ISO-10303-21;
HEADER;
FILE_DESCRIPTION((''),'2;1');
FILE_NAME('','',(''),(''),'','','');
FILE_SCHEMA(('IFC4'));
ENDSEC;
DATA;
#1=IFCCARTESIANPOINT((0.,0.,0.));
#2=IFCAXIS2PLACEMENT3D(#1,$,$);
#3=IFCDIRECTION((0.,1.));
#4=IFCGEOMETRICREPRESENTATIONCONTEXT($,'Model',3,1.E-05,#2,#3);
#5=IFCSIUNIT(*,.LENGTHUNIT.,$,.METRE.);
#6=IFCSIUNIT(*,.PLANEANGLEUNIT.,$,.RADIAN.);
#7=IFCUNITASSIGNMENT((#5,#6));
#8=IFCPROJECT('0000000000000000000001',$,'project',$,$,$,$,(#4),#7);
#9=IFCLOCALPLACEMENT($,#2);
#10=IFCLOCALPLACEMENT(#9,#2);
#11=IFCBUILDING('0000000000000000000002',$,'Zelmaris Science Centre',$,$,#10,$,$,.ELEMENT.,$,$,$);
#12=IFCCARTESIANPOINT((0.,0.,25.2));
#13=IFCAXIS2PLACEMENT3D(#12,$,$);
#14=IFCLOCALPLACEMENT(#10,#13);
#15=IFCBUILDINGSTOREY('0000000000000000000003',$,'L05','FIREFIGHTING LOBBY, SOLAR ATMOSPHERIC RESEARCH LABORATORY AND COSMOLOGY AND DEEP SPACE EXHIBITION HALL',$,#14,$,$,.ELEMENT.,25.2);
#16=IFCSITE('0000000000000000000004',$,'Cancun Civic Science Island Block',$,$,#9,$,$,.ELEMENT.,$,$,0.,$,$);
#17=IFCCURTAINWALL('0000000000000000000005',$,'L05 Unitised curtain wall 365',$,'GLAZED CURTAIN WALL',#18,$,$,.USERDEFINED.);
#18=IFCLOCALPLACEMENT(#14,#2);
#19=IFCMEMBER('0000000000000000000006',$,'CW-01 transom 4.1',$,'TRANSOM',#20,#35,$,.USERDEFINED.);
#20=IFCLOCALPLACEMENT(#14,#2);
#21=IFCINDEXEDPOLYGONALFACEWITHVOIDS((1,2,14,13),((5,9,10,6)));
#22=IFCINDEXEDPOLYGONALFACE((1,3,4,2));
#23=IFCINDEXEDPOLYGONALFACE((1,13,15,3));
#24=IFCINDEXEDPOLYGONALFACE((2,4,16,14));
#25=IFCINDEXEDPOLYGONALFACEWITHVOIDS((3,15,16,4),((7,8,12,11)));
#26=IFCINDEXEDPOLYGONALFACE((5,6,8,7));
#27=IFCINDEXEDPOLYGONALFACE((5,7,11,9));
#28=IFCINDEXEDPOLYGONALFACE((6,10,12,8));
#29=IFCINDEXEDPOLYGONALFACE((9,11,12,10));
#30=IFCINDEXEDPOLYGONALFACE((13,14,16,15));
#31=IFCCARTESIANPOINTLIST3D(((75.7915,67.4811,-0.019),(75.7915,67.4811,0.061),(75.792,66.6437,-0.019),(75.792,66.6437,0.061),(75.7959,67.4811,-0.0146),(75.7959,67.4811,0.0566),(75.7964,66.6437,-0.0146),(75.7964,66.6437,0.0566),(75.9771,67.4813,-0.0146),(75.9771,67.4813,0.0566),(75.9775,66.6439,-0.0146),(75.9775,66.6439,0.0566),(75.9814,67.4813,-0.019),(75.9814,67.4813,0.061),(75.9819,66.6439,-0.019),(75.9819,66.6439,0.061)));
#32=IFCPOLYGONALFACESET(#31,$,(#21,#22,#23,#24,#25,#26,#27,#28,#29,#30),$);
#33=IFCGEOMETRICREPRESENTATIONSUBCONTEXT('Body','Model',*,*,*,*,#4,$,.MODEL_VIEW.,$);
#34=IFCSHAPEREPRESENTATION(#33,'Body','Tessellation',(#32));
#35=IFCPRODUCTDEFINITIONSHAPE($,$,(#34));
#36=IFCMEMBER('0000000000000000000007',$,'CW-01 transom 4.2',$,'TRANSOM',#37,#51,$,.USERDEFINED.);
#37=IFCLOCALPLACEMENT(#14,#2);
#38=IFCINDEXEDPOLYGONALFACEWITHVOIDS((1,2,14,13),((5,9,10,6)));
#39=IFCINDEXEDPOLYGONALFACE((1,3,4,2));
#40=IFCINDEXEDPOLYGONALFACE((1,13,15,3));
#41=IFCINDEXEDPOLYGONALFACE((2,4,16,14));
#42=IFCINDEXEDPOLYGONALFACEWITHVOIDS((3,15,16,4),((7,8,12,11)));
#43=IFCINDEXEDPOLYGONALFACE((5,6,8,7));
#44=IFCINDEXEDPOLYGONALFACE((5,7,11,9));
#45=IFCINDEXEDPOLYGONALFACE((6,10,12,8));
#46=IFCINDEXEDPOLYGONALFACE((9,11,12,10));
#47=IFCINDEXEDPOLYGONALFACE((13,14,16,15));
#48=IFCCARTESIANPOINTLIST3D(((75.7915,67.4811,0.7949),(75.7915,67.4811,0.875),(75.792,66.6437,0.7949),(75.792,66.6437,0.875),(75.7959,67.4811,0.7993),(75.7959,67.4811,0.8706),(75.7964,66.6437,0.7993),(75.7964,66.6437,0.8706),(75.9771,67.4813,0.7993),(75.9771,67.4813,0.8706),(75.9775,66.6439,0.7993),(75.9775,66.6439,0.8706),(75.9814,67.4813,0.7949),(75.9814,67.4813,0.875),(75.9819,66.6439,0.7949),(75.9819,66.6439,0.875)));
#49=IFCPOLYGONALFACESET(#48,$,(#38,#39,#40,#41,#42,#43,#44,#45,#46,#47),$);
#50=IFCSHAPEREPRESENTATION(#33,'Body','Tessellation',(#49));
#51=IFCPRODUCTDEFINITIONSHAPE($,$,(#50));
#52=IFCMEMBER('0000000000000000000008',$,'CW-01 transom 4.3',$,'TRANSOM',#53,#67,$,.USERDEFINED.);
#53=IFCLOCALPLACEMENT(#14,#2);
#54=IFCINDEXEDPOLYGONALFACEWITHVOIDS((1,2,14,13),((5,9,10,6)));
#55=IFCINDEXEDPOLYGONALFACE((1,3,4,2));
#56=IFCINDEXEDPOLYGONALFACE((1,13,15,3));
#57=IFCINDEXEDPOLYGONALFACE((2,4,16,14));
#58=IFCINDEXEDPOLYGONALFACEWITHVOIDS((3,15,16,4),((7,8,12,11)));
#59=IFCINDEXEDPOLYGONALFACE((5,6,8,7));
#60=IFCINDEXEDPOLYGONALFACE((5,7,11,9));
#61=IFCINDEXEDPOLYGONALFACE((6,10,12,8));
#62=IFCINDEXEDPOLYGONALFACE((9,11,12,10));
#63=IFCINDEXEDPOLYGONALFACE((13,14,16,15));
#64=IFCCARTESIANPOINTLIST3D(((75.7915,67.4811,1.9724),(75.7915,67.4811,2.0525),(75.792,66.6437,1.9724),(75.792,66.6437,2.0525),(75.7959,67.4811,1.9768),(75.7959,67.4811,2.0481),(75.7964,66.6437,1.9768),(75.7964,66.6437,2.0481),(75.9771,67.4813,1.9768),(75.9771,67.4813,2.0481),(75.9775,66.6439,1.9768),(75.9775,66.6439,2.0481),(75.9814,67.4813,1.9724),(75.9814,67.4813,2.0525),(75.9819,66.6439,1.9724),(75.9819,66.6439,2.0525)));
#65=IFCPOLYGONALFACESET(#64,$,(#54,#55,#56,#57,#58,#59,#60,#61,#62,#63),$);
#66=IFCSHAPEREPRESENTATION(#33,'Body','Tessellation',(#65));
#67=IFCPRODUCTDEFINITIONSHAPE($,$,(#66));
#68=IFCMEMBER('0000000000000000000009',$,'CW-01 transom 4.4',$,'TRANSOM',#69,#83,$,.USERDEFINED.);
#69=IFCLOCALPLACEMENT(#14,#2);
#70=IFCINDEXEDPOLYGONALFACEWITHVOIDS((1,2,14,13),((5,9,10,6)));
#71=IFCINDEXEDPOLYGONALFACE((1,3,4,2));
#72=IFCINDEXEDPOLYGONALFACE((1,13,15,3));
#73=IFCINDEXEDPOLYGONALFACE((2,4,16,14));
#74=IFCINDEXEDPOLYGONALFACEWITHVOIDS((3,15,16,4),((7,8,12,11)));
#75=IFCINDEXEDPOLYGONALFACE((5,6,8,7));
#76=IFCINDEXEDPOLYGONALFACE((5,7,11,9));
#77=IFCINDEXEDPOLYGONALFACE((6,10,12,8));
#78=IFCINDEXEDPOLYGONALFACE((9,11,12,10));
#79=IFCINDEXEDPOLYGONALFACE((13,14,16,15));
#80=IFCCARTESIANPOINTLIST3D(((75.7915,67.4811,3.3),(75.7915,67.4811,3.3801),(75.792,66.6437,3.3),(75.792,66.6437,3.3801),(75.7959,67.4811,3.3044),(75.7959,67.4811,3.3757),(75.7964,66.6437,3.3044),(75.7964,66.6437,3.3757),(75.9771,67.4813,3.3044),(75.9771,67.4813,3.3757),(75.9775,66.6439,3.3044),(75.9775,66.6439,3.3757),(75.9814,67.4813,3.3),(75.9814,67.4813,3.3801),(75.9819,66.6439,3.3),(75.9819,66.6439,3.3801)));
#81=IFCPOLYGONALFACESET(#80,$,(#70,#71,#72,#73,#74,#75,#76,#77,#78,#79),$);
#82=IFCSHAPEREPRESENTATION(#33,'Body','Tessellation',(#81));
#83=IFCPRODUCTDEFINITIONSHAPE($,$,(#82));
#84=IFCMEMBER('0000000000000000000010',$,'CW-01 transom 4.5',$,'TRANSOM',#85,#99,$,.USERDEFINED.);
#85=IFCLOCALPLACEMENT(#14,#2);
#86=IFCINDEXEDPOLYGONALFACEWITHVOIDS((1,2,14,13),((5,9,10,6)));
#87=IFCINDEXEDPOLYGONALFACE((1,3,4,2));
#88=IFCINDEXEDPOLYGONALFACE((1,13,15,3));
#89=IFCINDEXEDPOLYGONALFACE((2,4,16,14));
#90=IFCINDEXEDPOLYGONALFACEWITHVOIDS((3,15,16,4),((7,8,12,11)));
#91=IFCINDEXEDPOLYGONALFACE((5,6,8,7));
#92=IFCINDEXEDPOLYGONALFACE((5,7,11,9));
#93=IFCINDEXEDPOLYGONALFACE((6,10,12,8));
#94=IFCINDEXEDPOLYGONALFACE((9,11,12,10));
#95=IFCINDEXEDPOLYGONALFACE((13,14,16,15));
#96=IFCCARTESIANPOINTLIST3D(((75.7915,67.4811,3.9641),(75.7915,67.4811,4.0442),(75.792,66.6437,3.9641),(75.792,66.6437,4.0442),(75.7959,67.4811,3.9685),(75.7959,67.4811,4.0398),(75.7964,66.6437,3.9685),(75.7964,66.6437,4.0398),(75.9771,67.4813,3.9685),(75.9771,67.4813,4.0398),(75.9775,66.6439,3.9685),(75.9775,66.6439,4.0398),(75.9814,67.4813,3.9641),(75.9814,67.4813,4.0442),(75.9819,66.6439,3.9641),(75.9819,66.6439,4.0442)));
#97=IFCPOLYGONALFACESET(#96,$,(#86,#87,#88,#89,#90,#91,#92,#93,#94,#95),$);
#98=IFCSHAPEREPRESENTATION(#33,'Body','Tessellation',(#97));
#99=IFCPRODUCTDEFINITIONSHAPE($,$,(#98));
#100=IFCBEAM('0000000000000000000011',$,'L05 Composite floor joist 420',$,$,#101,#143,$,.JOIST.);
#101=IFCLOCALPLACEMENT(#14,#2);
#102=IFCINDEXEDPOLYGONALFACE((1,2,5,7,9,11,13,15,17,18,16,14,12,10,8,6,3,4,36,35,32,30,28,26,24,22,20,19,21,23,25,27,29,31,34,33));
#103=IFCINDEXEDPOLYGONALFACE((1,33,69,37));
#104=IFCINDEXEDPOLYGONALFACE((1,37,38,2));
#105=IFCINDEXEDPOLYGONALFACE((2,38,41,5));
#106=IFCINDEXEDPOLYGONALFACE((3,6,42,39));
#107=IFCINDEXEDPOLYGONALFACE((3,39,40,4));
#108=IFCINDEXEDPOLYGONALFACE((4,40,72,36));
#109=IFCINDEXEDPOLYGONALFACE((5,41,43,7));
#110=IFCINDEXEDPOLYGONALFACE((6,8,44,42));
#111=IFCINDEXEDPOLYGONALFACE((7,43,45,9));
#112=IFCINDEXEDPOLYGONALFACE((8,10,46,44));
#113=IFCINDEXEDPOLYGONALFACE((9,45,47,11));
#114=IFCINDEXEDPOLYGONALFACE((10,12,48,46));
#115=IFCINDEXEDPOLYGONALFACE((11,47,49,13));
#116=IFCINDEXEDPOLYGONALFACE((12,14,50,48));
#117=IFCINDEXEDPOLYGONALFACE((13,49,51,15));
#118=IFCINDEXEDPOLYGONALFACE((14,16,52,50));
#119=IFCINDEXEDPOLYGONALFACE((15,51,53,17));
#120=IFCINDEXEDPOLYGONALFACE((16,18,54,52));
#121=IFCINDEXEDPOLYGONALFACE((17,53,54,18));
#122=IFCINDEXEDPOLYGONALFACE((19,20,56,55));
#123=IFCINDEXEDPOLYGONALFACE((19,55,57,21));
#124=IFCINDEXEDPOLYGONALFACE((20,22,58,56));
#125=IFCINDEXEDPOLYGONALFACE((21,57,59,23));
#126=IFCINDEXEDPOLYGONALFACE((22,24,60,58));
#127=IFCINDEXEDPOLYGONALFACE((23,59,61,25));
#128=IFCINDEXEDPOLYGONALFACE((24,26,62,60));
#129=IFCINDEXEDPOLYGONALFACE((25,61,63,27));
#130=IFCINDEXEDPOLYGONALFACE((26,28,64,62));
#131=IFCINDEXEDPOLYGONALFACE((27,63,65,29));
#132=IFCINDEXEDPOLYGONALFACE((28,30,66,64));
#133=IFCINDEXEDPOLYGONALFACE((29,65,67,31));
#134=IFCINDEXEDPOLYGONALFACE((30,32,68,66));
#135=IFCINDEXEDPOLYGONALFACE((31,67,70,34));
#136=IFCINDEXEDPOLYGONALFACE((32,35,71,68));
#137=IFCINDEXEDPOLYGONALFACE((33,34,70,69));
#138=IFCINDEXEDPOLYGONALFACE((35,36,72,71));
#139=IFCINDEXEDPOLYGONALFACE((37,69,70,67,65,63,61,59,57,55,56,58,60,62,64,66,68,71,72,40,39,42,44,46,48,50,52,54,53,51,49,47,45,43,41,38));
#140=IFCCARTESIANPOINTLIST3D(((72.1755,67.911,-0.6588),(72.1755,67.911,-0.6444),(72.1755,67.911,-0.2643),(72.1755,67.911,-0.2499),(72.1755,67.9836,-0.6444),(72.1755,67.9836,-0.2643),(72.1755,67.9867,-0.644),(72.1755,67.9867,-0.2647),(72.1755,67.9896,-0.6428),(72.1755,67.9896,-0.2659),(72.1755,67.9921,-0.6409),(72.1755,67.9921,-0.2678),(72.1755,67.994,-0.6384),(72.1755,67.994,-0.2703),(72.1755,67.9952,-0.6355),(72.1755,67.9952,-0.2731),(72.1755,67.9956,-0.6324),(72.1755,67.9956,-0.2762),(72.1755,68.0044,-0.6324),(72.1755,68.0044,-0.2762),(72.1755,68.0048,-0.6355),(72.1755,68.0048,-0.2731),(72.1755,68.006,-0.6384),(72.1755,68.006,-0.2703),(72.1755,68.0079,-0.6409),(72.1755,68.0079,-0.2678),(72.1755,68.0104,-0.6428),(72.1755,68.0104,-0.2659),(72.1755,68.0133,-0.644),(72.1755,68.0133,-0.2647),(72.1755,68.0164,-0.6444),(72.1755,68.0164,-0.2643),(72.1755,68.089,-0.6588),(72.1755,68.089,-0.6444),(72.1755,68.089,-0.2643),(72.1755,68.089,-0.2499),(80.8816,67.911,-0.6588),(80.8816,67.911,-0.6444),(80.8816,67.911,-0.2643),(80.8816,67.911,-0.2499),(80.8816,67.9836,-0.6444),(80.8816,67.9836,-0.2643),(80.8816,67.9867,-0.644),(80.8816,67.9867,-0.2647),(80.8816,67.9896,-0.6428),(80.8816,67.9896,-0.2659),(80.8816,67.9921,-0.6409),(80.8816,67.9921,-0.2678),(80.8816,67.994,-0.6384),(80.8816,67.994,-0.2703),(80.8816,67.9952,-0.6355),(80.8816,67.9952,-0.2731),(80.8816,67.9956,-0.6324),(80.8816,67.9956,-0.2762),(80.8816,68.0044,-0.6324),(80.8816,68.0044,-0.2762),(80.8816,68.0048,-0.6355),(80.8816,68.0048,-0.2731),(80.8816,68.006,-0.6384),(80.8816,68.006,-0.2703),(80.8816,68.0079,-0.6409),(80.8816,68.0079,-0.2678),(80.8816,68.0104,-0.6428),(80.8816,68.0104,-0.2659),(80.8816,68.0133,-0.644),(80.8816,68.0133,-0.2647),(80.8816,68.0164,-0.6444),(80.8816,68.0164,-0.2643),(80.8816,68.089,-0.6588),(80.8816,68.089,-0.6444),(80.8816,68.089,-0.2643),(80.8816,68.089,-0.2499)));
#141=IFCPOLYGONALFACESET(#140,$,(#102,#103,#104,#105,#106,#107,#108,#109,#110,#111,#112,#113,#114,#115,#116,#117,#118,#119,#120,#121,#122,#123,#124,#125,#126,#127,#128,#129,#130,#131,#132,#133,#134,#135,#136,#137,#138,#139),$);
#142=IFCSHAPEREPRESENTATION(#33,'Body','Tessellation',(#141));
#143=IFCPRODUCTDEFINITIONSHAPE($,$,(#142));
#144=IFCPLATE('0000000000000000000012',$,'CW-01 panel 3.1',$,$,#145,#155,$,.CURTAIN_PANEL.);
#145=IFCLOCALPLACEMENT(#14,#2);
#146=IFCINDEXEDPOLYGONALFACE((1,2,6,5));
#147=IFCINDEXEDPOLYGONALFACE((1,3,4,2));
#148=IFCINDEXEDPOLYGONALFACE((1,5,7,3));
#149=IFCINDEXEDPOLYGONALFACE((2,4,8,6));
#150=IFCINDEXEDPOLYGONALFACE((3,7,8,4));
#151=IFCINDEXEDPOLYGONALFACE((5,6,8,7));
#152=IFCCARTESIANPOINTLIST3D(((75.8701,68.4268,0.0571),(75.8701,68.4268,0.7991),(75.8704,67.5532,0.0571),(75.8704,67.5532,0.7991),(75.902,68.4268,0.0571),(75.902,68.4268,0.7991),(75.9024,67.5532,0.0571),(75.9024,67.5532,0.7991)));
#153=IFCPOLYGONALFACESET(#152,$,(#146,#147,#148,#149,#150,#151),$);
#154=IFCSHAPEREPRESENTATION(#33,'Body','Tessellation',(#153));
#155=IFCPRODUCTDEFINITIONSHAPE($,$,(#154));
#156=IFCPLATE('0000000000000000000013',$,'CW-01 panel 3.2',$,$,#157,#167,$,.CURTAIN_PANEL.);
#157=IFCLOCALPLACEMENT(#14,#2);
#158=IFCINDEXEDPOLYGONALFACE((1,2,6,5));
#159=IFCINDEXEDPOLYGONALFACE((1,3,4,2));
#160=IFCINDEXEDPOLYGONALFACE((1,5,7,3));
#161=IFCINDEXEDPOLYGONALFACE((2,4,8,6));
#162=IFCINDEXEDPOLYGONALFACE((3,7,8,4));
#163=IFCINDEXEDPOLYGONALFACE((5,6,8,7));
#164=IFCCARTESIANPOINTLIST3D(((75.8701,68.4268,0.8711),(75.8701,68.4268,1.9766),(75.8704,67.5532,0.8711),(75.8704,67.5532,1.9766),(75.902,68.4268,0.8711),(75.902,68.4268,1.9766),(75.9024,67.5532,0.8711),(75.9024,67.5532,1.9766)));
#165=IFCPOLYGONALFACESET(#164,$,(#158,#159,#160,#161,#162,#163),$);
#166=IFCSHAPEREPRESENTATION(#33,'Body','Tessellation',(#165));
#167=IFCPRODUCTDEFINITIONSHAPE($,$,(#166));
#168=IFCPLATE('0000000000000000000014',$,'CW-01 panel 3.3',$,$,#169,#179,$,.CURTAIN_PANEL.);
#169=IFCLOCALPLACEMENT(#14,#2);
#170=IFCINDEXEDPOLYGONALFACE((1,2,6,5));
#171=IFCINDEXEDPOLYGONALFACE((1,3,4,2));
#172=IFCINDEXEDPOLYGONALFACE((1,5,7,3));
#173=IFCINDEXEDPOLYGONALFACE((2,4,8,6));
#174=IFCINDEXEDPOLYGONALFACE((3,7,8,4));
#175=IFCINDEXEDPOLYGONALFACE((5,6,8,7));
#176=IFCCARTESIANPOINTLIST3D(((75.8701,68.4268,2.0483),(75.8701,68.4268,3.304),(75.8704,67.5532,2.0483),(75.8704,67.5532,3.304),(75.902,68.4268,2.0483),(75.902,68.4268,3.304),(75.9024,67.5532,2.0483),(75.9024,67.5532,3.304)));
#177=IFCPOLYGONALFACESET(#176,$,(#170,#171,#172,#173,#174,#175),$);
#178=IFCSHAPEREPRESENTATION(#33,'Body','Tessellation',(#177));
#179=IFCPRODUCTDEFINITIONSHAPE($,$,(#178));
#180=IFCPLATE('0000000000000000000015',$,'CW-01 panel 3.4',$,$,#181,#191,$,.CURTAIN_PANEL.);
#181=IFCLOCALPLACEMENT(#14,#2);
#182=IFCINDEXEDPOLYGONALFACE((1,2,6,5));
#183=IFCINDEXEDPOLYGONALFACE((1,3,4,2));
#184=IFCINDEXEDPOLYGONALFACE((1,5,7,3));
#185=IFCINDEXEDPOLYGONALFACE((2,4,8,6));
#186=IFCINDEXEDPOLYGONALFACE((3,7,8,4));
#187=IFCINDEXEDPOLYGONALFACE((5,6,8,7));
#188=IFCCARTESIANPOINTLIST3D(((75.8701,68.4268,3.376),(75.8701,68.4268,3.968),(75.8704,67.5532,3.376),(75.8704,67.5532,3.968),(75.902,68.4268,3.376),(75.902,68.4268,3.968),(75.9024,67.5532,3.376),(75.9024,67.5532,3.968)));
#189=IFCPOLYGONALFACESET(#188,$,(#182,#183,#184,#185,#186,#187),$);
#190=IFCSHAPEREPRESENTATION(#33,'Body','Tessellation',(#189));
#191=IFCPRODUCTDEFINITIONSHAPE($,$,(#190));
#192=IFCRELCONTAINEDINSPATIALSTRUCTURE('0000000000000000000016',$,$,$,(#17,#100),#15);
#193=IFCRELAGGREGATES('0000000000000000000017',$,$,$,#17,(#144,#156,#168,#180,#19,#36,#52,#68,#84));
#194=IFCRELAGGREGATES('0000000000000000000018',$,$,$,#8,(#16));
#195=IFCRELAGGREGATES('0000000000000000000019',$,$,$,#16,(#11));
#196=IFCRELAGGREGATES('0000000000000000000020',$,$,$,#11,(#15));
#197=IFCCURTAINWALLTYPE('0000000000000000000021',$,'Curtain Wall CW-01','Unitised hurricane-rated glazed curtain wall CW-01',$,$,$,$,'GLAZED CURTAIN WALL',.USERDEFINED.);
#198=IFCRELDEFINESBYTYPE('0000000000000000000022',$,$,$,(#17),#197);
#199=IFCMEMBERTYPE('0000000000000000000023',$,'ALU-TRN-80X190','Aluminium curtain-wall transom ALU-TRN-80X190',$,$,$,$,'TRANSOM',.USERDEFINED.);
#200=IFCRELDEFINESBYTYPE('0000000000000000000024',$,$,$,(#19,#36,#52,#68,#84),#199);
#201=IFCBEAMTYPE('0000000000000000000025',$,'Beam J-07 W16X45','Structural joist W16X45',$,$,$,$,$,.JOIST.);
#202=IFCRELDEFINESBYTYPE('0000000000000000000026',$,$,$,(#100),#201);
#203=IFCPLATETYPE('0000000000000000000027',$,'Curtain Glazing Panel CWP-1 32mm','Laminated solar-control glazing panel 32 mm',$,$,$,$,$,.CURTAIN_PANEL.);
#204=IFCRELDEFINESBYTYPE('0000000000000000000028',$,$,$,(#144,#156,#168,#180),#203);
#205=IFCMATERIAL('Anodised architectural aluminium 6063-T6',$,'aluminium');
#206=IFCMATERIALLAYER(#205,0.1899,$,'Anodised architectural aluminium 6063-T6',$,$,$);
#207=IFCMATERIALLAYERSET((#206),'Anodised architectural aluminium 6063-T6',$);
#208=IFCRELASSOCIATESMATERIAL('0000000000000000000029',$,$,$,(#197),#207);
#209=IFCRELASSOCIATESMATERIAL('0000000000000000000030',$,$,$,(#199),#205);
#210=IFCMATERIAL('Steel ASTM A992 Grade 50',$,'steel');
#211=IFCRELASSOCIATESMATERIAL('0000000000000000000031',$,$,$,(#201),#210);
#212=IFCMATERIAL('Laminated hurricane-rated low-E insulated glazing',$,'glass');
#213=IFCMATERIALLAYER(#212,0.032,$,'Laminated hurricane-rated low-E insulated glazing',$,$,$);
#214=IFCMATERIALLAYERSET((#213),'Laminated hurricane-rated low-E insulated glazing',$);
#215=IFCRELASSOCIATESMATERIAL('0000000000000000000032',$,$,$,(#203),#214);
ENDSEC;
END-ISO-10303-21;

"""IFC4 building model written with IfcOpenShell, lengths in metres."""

from ifc_helpers import new_model, si_unit, direction, frame, origin, origin_2d, place, context, subcontext, project, spatial, rectangle, hollow_rectangle, i_section, extrude, material, layer, layer_set, material_profile, profile_set, type_object, element, aggregate, save


model = new_model("IFC4")

# Units and contexts
model_context = context("Model", 3, precision=1e-05, world=origin(), true_north=direction((0.0, 1.0)))
body_context = subcontext(model_context, "Body", "Model", "MODEL_VIEW")
ifc_project = project(units=[si_unit("LENGTHUNIT", "METRE"), si_unit("PLANEANGLEUNIT", "RADIAN")], contexts=[model_context])

# Site, building, storey
site_placement = place(None, origin())
site = spatial("IfcSite", under=ifc_project, at=site_placement, Name="Cancun Civic Science Island Block", CompositionType="ELEMENT", RefElevation=0.0)
building_placement = place(site_placement, origin())
building = spatial("IfcBuilding", under=site, at=building_placement, Name="Zelmaris Science Centre", CompositionType="ELEMENT")
storey_placement = place(building_placement, frame((0.0, 0.0, 25.2)))
storey = spatial("IfcBuildingStorey", under=building, at=storey_placement, Name="L05", Description="FIREFIGHTING LOBBY, SOLAR ATMOSPHERIC RESEARCH LABORATORY AND COSMOLOGY AND DEEP SPACE EXHIBITION HALL", CompositionType="ELEMENT", Elevation=25.2)

# Curtain wall
ifc_material_1 = material(Name="Anodised architectural aluminium 6063-T6", Category="aluminium")
ifc_layer_1 = layer(ifc_material_1, 0.1899, Name="Anodised architectural aluminium 6063-T6")
ifc_layer_set_1 = layer_set([ifc_layer_1], Name="Anodised architectural aluminium 6063-T6")
curtain_wall_type_1 = type_object("IfcCurtainWallType", Name="Curtain Wall CW-01", Description="Unitised hurricane-rated glazed curtain wall CW-01", ElementType="GLAZED CURTAIN WALL", PredefinedType="USERDEFINED", material=ifc_layer_set_1)
curtain_wall_1_placement = place(storey_placement, origin())
curtain_wall_1 = element("IfcCurtainWall", 1, at=curtain_wall_1_placement, inside=storey, type_object=curtain_wall_type_1, Name="L05 Unitised curtain wall 365", ObjectType="GLAZED CURTAIN WALL", PredefinedType="USERDEFINED")

# Members
ifc_material_profile_1 = material_profile(ifc_material_1, hollow_rectangle(XDim=0.0801, YDim=0.1899, WallThickness=0.0044, at=origin_2d()), Name="ALU-TRN-80X190")
ifc_profile_set_1 = profile_set([ifc_material_profile_1], Name="Anodised architectural aluminium 6063-T6")
member_type_1 = type_object("IfcMemberType", Name="ALU-TRN-80X190", Description="Aluminium curtain-wall transom ALU-TRN-80X190", ElementType="TRANSOM", PredefinedType="USERDEFINED", material=ifc_profile_set_1)
member_1_placement = place(storey_placement, frame((75.8865, 67.4812, 0.021), z_axis=(0.000583, -1.0, 0.0), x_axis=(0.0, 0.0, 1.0)))
member_1 = element("IfcMember", 2, at=member_1_placement, type_object=member_type_1, Name="CW-01 transom 4.1", ObjectType="TRANSOM", PredefinedType="USERDEFINED", context=body_context, shape_type="SweptSolid", body=[
    extrude(hollow_rectangle(XDim=0.0801, YDim=0.1899, WallThickness=0.0044, at=origin_2d()), origin(), (0.0, 0.0, 1.0), 0.8374),
])
member_2_placement = place(storey_placement, frame((75.8865, 67.4812, 0.835), z_axis=(0.000583, -1.0, 0.0), x_axis=(0.0, 0.0, 1.0)))
member_2 = element("IfcMember", 3, at=member_2_placement, type_object=member_type_1, Name="CW-01 transom 4.2", ObjectType="TRANSOM", PredefinedType="USERDEFINED", context=body_context, shape_type="SweptSolid", body=[
    extrude(hollow_rectangle(XDim=0.0801, YDim=0.1899, WallThickness=0.0044, at=origin_2d()), origin(), (0.0, 0.0, 1.0), 0.8374),
])
member_3_placement = place(storey_placement, frame((75.8865, 67.4812, 2.0125), z_axis=(0.000583, -1.0, 0.0), x_axis=(0.0, 0.0, 1.0)))
member_3 = element("IfcMember", 4, at=member_3_placement, type_object=member_type_1, Name="CW-01 transom 4.3", ObjectType="TRANSOM", PredefinedType="USERDEFINED", context=body_context, shape_type="SweptSolid", body=[
    extrude(hollow_rectangle(XDim=0.0801, YDim=0.1899, WallThickness=0.0044, at=origin_2d()), origin(), (0.0, 0.0, 1.0), 0.8374),
])
member_4_placement = place(storey_placement, frame((75.8865, 67.4812, 3.3401), z_axis=(0.000583, -1.0, 0.0), x_axis=(0.0, 0.0, 1.0)))
member_4 = element("IfcMember", 5, at=member_4_placement, type_object=member_type_1, Name="CW-01 transom 4.4", ObjectType="TRANSOM", PredefinedType="USERDEFINED", context=body_context, shape_type="SweptSolid", body=[
    extrude(hollow_rectangle(XDim=0.0801, YDim=0.1899, WallThickness=0.0044, at=origin_2d()), origin(), (0.0, 0.0, 1.0), 0.8374),
])
member_5_placement = place(storey_placement, frame((75.8865, 67.4812, 4.0042), z_axis=(0.000583, -1.0, 0.0), x_axis=(0.0, 0.0, 1.0)))
member_5 = element("IfcMember", 6, at=member_5_placement, type_object=member_type_1, Name="CW-01 transom 4.5", ObjectType="TRANSOM", PredefinedType="USERDEFINED", context=body_context, shape_type="SweptSolid", body=[
    extrude(hollow_rectangle(XDim=0.0801, YDim=0.1899, WallThickness=0.0044, at=origin_2d()), origin(), (0.0, 0.0, 1.0), 0.8374),
])

# Beam
ifc_material_2 = material(Name="Steel ASTM A992 Grade 50", Category="steel")
ifc_material_profile_2 = material_profile(ifc_material_2, i_section(OverallWidth=0.178, OverallDepth=0.4089, WebThickness=0.0088, FlangeThickness=0.0144, FilletRadius=0.012, at=origin_2d()), Name="W16X45")
ifc_profile_set_2 = profile_set([ifc_material_profile_2], Name="Steel ASTM A992 Grade 50")
beam_type = type_object("IfcBeamType", Name="Beam J-07 W16X45", Description="Structural joist W16X45", PredefinedType="JOIST", material=ifc_profile_set_2)
beam_placement = place(storey_placement, frame((72.1755, 68.0, -0.4543), z_axis=(1.0, 0.0, 0.0), x_axis=(0.0, 1.0, 0.0)))
element("IfcBeam", 7, at=beam_placement, inside=storey, type_object=beam_type, Name="L05 Composite floor joist 420", PredefinedType="JOIST", context=body_context, shape_type="SweptSolid", body=[
    extrude(i_section(OverallWidth=0.178, OverallDepth=0.4089, WebThickness=0.0088, FlangeThickness=0.0144, FilletRadius=0.012, at=origin_2d()), origin(), (0.0, 0.0, 1.0), 8.7061),
])

# Plates
ifc_material_3 = material(Name="Laminated hurricane-rated low-E insulated glazing", Category="glass")
ifc_layer_2 = layer(ifc_material_3, 0.032, Name="Laminated hurricane-rated low-E insulated glazing")
ifc_layer_set_2 = layer_set([ifc_layer_2], Name="Laminated hurricane-rated low-E insulated glazing")
plate_type_1 = type_object("IfcPlateType", Name="Curtain Glazing Panel CWP-1 32mm", Description="Laminated solar-control glazing panel 32 mm", PredefinedType="CURTAIN_PANEL", material=ifc_layer_set_2)
plate_1_placement = place(storey_placement, frame((75.8862, 67.99, 0.0571), z_axis=(0.0, 0.0, 1.0), x_axis=(0.000397, -1.0, 0.0)))
plate_1 = element("IfcPlate", 8, at=plate_1_placement, type_object=plate_type_1, Name="CW-01 panel 3.1", PredefinedType="CURTAIN_PANEL", context=body_context, shape_type="SweptSolid", body=[
    extrude(rectangle(XDim=0.8735, YDim=0.032, at=origin_2d()), origin(), (0.0, 0.0, 1.0), 0.7419),
])
plate_2_placement = place(storey_placement, frame((75.8862, 67.99, 0.8711), z_axis=(0.0, 0.0, 1.0), x_axis=(0.000397, -1.0, 0.0)))
plate_2 = element("IfcPlate", 9, at=plate_2_placement, type_object=plate_type_1, Name="CW-01 panel 3.2", PredefinedType="CURTAIN_PANEL", context=body_context, shape_type="SweptSolid", body=[
    extrude(rectangle(XDim=0.8735, YDim=0.032, at=origin_2d()), origin(), (0.0, 0.0, 1.0), 1.1055),
])
plate_3_placement = place(storey_placement, frame((75.8862, 67.99, 2.0483), z_axis=(0.0, 0.0, 1.0), x_axis=(0.000397, -1.0, 0.0)))
plate_3 = element("IfcPlate", 10, at=plate_3_placement, type_object=plate_type_1, Name="CW-01 panel 3.3", PredefinedType="CURTAIN_PANEL", context=body_context, shape_type="SweptSolid", body=[
    extrude(rectangle(XDim=0.8735, YDim=0.032, at=origin_2d()), origin(), (0.0, 0.0, 1.0), 1.2556),
])
plate_4_placement = place(storey_placement, frame((75.8862, 67.99, 3.376), z_axis=(0.0, 0.0, 1.0), x_axis=(0.000397, -1.0, 0.0)))
plate_4 = element("IfcPlate", 11, at=plate_4_placement, type_object=plate_type_1, Name="CW-01 panel 3.4", PredefinedType="CURTAIN_PANEL", context=body_context, shape_type="SweptSolid", body=[
    extrude(rectangle(XDim=0.8735, YDim=0.032, at=origin_2d()), origin(), (0.0, 0.0, 1.0), 0.592),
])
aggregate(curtain_wall_1, [plate_1, plate_2, plate_3, plate_4, member_1, member_2, member_3, member_4, member_5])

save(model, "model.ifc")
